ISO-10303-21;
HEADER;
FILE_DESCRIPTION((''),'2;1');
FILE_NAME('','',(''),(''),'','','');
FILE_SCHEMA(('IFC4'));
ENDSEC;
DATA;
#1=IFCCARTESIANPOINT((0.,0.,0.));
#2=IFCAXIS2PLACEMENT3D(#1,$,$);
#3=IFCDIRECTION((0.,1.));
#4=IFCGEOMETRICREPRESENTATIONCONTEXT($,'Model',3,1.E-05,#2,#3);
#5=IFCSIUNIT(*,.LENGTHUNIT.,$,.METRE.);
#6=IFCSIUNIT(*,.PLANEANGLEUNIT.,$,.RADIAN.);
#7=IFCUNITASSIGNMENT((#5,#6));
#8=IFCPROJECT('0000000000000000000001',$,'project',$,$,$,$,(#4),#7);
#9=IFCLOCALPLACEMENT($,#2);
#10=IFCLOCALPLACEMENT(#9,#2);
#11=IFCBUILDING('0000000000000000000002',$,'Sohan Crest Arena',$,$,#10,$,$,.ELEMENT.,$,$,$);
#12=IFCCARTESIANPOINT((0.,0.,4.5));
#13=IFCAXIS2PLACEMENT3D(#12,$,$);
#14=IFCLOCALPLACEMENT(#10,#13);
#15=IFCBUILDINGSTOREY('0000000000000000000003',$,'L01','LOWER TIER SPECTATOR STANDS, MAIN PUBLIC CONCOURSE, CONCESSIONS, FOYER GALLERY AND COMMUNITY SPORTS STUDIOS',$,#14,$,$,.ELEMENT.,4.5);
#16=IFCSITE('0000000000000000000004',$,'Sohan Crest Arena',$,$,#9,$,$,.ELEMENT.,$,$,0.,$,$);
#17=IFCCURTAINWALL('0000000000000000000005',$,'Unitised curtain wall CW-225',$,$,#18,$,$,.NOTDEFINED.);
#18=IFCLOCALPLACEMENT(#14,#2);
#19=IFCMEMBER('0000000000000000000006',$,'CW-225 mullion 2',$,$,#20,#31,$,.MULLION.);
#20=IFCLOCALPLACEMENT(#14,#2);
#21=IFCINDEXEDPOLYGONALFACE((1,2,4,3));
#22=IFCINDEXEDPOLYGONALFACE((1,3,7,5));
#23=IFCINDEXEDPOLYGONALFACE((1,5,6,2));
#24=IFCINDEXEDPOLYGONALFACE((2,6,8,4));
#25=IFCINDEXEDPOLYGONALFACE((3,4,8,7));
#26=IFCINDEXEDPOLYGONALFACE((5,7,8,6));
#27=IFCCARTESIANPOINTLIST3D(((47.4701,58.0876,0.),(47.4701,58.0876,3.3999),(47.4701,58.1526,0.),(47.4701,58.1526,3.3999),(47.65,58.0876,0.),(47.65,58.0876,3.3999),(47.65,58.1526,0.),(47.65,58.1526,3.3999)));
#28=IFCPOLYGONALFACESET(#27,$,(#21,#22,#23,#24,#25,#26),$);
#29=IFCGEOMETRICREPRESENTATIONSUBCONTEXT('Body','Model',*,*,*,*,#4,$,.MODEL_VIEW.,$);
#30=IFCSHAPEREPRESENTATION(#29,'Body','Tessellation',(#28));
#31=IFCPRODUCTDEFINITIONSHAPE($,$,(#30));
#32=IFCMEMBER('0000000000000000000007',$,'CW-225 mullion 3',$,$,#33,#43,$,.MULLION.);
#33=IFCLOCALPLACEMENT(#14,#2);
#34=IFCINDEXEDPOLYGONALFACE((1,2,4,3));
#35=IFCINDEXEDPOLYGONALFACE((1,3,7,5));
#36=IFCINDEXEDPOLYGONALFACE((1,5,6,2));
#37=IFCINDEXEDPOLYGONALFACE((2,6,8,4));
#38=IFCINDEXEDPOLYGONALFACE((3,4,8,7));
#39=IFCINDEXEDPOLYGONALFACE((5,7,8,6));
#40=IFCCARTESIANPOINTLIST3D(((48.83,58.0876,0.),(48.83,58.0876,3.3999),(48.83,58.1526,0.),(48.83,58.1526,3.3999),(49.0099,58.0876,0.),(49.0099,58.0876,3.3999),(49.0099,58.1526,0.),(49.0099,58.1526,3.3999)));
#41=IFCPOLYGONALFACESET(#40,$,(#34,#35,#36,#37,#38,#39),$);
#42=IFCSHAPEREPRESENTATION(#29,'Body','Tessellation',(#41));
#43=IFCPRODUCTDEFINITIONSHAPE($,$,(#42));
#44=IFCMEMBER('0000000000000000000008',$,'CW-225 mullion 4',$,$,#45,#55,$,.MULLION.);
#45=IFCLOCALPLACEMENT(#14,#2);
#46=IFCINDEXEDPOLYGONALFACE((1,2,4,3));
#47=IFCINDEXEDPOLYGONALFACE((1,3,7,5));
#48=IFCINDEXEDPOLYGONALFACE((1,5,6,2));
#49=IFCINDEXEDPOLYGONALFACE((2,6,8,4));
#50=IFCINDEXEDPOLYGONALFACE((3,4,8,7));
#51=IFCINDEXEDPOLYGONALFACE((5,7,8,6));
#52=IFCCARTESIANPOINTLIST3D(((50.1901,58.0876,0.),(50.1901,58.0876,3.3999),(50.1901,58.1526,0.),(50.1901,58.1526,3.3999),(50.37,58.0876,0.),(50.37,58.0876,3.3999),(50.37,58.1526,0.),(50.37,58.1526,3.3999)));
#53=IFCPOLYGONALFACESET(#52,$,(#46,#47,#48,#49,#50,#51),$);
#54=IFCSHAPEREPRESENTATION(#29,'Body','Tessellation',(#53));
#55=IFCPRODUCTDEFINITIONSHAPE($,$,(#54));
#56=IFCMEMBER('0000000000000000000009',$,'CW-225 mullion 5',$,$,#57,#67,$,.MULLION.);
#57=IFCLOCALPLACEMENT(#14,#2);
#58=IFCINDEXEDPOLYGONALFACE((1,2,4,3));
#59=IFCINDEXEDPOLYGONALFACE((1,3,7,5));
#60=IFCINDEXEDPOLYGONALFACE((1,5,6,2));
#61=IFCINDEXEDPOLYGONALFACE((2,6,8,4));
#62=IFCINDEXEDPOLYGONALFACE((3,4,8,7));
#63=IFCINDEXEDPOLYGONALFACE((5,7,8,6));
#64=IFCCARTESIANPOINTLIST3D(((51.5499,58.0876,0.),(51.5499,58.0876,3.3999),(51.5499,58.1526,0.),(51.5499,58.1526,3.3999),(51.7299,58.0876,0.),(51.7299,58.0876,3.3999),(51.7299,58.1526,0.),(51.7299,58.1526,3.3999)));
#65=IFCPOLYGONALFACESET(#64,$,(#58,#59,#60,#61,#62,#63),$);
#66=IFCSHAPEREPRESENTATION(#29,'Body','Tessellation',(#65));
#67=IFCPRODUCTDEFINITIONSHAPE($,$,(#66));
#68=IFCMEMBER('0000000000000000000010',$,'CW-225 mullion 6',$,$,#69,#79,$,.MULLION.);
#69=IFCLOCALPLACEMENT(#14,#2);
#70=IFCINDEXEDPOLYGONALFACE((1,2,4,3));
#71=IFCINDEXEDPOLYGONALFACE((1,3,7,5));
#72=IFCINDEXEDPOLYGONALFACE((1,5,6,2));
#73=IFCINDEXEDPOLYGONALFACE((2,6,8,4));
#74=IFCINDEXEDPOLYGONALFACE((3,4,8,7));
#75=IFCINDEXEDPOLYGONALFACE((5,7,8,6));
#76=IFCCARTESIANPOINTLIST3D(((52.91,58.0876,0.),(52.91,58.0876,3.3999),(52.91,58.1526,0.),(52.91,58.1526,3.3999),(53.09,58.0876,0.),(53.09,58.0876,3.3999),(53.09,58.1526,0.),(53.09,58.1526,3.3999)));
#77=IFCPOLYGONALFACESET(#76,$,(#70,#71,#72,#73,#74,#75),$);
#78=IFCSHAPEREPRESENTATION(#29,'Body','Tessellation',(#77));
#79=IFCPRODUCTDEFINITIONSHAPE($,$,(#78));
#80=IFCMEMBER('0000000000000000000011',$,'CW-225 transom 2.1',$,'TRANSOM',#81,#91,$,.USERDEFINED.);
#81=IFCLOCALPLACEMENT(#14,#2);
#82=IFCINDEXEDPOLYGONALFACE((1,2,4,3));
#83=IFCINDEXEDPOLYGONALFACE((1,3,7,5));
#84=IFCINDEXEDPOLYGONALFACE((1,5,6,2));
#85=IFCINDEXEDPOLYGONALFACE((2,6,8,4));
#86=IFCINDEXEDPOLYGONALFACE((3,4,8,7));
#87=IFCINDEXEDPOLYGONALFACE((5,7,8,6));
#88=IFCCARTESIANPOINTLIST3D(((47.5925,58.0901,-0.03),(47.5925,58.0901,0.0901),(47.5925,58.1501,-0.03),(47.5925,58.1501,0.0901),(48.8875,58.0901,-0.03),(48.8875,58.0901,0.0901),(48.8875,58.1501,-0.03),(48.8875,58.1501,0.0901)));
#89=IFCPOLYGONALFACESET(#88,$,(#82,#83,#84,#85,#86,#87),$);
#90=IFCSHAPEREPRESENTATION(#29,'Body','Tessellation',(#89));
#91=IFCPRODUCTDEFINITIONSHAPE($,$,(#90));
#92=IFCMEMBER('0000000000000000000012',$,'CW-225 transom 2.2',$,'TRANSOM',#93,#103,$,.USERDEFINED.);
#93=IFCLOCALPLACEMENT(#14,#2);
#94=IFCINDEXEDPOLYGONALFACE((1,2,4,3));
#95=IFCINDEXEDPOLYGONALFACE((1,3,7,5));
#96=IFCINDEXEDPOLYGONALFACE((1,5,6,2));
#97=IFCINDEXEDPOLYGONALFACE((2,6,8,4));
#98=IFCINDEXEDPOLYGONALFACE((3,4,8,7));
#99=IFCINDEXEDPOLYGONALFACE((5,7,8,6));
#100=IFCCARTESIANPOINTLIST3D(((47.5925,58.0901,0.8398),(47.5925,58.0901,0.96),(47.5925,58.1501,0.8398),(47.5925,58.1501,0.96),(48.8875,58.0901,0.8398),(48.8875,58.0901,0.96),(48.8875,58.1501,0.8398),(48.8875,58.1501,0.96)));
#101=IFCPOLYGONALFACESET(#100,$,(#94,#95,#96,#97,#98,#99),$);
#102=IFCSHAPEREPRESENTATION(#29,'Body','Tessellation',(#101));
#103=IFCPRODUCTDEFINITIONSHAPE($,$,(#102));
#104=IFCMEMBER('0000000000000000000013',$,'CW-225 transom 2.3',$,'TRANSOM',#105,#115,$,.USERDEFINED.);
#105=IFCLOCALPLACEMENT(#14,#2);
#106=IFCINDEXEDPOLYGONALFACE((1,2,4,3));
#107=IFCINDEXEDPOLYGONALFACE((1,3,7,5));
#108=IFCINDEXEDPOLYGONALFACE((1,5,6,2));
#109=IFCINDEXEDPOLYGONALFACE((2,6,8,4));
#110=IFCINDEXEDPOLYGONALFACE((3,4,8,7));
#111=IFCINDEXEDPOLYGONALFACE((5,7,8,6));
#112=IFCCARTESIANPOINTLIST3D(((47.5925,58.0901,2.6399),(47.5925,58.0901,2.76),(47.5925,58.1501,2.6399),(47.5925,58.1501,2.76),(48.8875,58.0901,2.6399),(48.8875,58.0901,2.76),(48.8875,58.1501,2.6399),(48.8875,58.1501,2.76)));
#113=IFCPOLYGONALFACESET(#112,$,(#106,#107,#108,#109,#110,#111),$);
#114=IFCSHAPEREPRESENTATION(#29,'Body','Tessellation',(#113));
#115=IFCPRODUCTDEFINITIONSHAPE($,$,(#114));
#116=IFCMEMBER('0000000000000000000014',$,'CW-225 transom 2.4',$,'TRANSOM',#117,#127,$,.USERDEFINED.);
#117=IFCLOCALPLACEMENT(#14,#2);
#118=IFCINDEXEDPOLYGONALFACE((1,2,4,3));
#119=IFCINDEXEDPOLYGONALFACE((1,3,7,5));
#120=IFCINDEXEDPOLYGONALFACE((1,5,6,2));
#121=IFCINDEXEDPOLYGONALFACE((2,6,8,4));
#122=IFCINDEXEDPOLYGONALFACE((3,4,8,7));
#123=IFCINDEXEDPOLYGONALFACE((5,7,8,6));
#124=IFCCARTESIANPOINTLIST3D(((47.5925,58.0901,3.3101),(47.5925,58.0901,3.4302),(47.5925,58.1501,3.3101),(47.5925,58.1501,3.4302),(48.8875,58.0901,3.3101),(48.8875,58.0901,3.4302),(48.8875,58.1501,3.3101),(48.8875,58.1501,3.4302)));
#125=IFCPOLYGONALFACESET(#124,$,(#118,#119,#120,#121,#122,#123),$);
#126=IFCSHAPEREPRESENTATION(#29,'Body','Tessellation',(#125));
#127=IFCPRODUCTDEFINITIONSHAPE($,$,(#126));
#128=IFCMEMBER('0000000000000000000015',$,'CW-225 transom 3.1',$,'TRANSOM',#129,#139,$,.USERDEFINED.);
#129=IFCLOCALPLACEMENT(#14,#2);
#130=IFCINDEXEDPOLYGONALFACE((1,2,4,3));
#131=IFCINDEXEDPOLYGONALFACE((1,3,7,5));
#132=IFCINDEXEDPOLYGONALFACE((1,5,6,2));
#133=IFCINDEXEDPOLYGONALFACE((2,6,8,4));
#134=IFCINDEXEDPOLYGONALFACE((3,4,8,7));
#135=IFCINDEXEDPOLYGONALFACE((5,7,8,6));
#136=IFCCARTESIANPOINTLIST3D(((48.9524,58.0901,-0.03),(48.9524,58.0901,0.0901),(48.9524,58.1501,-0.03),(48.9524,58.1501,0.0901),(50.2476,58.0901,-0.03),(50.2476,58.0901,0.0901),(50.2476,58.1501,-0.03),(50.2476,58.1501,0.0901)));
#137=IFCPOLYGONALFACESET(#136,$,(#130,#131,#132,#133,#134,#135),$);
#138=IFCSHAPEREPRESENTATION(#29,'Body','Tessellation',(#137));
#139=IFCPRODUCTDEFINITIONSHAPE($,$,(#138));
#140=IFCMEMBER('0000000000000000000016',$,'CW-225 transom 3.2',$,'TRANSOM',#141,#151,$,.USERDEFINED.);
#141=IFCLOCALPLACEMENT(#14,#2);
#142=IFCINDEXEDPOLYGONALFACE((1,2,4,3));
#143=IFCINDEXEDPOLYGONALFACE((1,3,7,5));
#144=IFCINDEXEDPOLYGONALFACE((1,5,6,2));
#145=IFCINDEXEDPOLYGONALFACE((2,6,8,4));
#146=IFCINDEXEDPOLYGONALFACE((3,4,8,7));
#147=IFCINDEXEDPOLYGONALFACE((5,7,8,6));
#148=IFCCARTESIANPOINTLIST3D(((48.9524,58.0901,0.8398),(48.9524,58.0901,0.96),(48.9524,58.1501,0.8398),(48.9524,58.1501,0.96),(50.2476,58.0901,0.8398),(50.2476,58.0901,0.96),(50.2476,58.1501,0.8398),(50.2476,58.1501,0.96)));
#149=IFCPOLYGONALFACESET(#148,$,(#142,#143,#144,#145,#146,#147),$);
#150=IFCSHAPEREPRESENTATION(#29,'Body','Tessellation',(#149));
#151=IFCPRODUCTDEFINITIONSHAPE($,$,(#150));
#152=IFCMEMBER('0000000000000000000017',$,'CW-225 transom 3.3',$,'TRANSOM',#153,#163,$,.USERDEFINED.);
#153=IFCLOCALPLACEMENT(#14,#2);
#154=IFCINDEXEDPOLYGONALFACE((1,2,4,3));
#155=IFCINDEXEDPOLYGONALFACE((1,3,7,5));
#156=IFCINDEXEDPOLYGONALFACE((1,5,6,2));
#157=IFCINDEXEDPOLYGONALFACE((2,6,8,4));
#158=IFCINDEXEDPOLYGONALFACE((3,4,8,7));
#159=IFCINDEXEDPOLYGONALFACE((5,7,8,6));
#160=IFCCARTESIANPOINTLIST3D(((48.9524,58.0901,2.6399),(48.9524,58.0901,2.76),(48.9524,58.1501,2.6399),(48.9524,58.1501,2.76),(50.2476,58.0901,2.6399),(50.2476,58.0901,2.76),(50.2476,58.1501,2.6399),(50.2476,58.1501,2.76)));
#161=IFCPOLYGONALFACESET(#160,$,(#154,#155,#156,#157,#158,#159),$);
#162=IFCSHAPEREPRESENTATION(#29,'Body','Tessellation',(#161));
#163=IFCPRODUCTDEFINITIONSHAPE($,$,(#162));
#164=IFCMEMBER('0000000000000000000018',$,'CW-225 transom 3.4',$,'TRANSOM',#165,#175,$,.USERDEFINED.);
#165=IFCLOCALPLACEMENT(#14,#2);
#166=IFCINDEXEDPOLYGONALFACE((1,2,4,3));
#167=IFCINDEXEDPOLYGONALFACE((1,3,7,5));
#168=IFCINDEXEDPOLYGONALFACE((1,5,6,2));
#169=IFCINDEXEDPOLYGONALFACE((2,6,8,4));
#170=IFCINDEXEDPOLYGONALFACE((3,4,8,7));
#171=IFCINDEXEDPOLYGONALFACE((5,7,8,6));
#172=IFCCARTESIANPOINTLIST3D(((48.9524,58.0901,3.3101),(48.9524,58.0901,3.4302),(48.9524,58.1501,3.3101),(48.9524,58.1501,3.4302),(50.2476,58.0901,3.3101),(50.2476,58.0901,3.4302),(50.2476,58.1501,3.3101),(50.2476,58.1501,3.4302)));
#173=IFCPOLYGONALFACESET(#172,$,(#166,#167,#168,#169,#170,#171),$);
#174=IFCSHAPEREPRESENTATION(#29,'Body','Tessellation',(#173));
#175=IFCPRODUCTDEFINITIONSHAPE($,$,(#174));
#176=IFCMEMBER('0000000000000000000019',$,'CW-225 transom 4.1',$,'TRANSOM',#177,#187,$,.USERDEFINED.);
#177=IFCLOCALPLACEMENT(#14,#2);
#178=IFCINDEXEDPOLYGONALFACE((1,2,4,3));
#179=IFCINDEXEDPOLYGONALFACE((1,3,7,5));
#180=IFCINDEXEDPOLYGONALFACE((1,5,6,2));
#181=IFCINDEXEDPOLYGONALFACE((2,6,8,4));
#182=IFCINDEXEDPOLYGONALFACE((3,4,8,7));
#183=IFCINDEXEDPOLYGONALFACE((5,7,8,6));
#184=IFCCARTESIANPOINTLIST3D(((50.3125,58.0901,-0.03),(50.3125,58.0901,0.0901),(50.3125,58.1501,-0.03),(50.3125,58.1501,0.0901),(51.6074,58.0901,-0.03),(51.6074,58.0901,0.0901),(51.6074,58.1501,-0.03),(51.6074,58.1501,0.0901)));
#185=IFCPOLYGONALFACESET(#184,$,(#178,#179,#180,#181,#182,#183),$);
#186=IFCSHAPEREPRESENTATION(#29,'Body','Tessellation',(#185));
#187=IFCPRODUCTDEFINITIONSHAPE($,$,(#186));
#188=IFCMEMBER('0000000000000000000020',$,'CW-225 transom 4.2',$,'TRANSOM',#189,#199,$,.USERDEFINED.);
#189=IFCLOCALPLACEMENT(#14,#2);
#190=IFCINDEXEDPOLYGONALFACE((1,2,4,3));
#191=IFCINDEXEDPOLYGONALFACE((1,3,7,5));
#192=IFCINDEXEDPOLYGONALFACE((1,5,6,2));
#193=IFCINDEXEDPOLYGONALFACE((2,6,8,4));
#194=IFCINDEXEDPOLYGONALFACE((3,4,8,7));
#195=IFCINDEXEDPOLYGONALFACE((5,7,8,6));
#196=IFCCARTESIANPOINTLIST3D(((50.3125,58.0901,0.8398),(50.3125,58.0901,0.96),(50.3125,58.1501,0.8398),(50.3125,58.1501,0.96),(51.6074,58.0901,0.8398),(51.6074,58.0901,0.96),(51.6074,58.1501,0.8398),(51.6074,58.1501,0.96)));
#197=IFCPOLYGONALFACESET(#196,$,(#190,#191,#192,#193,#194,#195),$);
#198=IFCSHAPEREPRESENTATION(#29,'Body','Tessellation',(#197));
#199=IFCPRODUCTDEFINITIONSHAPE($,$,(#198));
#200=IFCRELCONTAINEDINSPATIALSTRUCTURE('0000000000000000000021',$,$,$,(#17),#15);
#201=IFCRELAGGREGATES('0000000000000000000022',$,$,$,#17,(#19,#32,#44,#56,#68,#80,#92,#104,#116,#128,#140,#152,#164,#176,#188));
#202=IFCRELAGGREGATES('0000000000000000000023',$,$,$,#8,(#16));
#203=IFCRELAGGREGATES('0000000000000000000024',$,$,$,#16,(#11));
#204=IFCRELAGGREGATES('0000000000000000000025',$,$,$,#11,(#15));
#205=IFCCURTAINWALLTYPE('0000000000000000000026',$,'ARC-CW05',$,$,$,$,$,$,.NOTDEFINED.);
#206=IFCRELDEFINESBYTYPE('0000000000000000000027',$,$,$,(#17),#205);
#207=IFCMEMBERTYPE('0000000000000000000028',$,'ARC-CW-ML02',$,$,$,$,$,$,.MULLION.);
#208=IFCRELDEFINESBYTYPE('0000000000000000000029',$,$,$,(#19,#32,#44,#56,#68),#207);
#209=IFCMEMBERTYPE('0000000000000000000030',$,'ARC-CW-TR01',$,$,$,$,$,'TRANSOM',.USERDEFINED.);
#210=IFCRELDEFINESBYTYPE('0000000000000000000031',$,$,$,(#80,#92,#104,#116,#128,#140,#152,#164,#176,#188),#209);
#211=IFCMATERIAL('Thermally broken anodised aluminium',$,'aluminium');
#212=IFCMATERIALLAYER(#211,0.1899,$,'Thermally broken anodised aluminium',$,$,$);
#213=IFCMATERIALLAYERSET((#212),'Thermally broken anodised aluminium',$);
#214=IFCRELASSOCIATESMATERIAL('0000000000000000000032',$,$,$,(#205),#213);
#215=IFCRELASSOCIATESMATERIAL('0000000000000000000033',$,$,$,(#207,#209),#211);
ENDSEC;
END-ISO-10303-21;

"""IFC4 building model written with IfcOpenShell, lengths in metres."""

from ifc_helpers import new_model, si_unit, direction, frame, origin, origin_2d, place, context, subcontext, project, spatial, rectangle, extrude, material, layer, layer_set, material_profile, profile_set, type_object, element, aggregate, save


model = new_model("IFC4")

# Units and contexts
model_context = context("Model", 3, precision=1e-05, world=origin(), true_north=direction((0.0, 1.0)))
body_context = subcontext(model_context, "Body", "Model", "MODEL_VIEW")
ifc_project = project(units=[si_unit("LENGTHUNIT", "METRE"), si_unit("PLANEANGLEUNIT", "RADIAN")], contexts=[model_context])

# Site, building, storey
site_placement = place(None, origin())
site = spatial("IfcSite", under=ifc_project, at=site_placement, Name="Sohan Crest Arena", CompositionType="ELEMENT", RefElevation=0.0)
building_placement = place(site_placement, origin())
building = spatial("IfcBuilding", under=site, at=building_placement, Name="Sohan Crest Arena", CompositionType="ELEMENT")
storey_placement = place(building_placement, frame((0.0, 0.0, 4.5)))
storey = spatial("IfcBuildingStorey", under=building, at=storey_placement, Name="L01", Description="LOWER TIER SPECTATOR STANDS, MAIN PUBLIC CONCOURSE, CONCESSIONS, FOYER GALLERY AND COMMUNITY SPORTS STUDIOS", CompositionType="ELEMENT", Elevation=4.5)

# Curtain wall, members
ifc_material_1 = material(Name="Thermally broken anodised aluminium", Category="aluminium")
ifc_layer_1 = layer(ifc_material_1, 0.1899, Name="Thermally broken anodised aluminium")
ifc_layer_set_1 = layer_set([ifc_layer_1], Name="Thermally broken anodised aluminium")
curtain_wall_type = type_object("IfcCurtainWallType", Name="ARC-CW05", PredefinedType="NOTDEFINED", material=ifc_layer_set_1)
curtain_wall_placement = place(storey_placement, origin())
curtain_wall = element("IfcCurtainWall", 1, at=curtain_wall_placement, inside=storey, type_object=curtain_wall_type, Name="Unitised curtain wall CW-225", PredefinedType="NOTDEFINED")
ifc_material_profile_1 = material_profile(ifc_material_1, rectangle(XDim=0.0649, YDim=0.1799, at=origin_2d()), Name="ALU-MULL 65x180")
ifc_profile_set_1 = profile_set([ifc_material_profile_1], Name="Thermally broken anodised aluminium")
member_type_1 = type_object("IfcMemberType", Name="ARC-CW-ML02", PredefinedType="MULLION", material=ifc_profile_set_1)
member_1_placement = place(storey_placement, frame((47.5601, 58.1201, 0.0), z_axis=(0.0, 0.0, 1.0), x_axis=(0.0, 1.0, 0.0)))
member_1 = element("IfcMember", 2, at=member_1_placement, type_object=member_type_1, Name="CW-225 mullion 2", PredefinedType="MULLION", context=body_context, shape_type="SweptSolid", body=[
    extrude(rectangle(XDim=0.0649, YDim=0.1799, at=origin_2d()), origin(), (0.0, 0.0, 1.0), 3.3999),
])
member_2_placement = place(storey_placement, frame((48.9199, 58.1201, 0.0), z_axis=(0.0, 0.0, 1.0), x_axis=(0.0, 1.0, 0.0)))
member_2 = element("IfcMember", 3, at=member_2_placement, type_object=member_type_1, Name="CW-225 mullion 3", PredefinedType="MULLION", context=body_context, shape_type="SweptSolid", body=[
    extrude(rectangle(XDim=0.0649, YDim=0.1799, at=origin_2d()), origin(), (0.0, 0.0, 1.0), 3.3999),
])
member_3_placement = place(storey_placement, frame((50.28, 58.1201, 0.0), z_axis=(0.0, 0.0, 1.0), x_axis=(0.0, 1.0, 0.0)))
member_3 = element("IfcMember", 4, at=member_3_placement, type_object=member_type_1, Name="CW-225 mullion 4", PredefinedType="MULLION", context=body_context, shape_type="SweptSolid", body=[
    extrude(rectangle(XDim=0.0649, YDim=0.1799, at=origin_2d()), origin(), (0.0, 0.0, 1.0), 3.3999),
])
member_4_placement = place(storey_placement, frame((51.6399, 58.1201, 0.0), z_axis=(0.0, 0.0, 1.0), x_axis=(0.0, 1.0, 0.0)))
member_4 = element("IfcMember", 5, at=member_4_placement, type_object=member_type_1, Name="CW-225 mullion 5", PredefinedType="MULLION", context=body_context, shape_type="SweptSolid", body=[
    extrude(rectangle(XDim=0.0649, YDim=0.1799, at=origin_2d()), origin(), (0.0, 0.0, 1.0), 3.3999),
])
member_5_placement = place(storey_placement, frame((53.0, 58.1201, 0.0), z_axis=(0.0, 0.0, 1.0), x_axis=(0.0, 1.0, 0.0)))
member_5 = element("IfcMember", 6, at=member_5_placement, type_object=member_type_1, Name="CW-225 mullion 6", PredefinedType="MULLION", context=body_context, shape_type="SweptSolid", body=[
    extrude(rectangle(XDim=0.0649, YDim=0.1799, at=origin_2d()), origin(), (0.0, 0.0, 1.0), 3.3999),
])
ifc_material_profile_2 = material_profile(ifc_material_1, rectangle(XDim=0.0601, YDim=0.1201, at=origin_2d()), Name="ALU-TRAN 60x120")
ifc_profile_set_2 = profile_set([ifc_material_profile_2], Name="Thermally broken anodised aluminium")
member_type_2 = type_object("IfcMemberType", Name="ARC-CW-TR01", ElementType="TRANSOM", PredefinedType="USERDEFINED", material=ifc_profile_set_2)
member_6_placement = place(storey_placement, frame((47.5925, 58.1201, 0.03), z_axis=(1.0, 0.0, 0.0), x_axis=(0.0, 1.0, 0.0)))
member_6 = element("IfcMember", 7, at=member_6_placement, type_object=member_type_2, Name="CW-225 transom 2.1", ObjectType="TRANSOM", PredefinedType="USERDEFINED", context=body_context, shape_type="SweptSolid", body=[
    extrude(rectangle(XDim=0.0601, YDim=0.1201, at=origin_2d()), origin(), (0.0, 0.0, 1.0), 1.2949),
])
member_7_placement = place(storey_placement, frame((47.5925, 58.1201, 0.8999), z_axis=(1.0, 0.0, 0.0), x_axis=(0.0, 1.0, 0.0)))
member_7 = element("IfcMember", 8, at=member_7_placement, type_object=member_type_2, Name="CW-225 transom 2.2", ObjectType="TRANSOM", PredefinedType="USERDEFINED", context=body_context, shape_type="SweptSolid", body=[
    extrude(rectangle(XDim=0.0601, YDim=0.1201, at=origin_2d()), origin(), (0.0, 0.0, 1.0), 1.2949),
])
member_8_placement = place(storey_placement, frame((47.5925, 58.1201, 2.7), z_axis=(1.0, 0.0, 0.0), x_axis=(0.0, 1.0, 0.0)))
member_8 = element("IfcMember", 9, at=member_8_placement, type_object=member_type_2, Name="CW-225 transom 2.3", ObjectType="TRANSOM", PredefinedType="USERDEFINED", context=body_context, shape_type="SweptSolid", body=[
    extrude(rectangle(XDim=0.0601, YDim=0.1201, at=origin_2d()), origin(), (0.0, 0.0, 1.0), 1.2949),
])
member_9_placement = place(storey_placement, frame((47.5925, 58.1201, 3.3701), z_axis=(1.0, 0.0, 0.0), x_axis=(0.0, 1.0, 0.0)))
member_9 = element("IfcMember", 10, at=member_9_placement, type_object=member_type_2, Name="CW-225 transom 2.4", ObjectType="TRANSOM", PredefinedType="USERDEFINED", context=body_context, shape_type="SweptSolid", body=[
    extrude(rectangle(XDim=0.0601, YDim=0.1201, at=origin_2d()), origin(), (0.0, 0.0, 1.0), 1.2949),
])
member_10_placement = place(storey_placement, frame((48.9524, 58.1201, 0.03), z_axis=(1.0, 0.0, 0.0), x_axis=(0.0, 1.0, 0.0)))
member_10 = element("IfcMember", 11, at=member_10_placement, type_object=member_type_2, Name="CW-225 transom 3.1", ObjectType="TRANSOM", PredefinedType="USERDEFINED", context=body_context, shape_type="SweptSolid", body=[
    extrude(rectangle(XDim=0.0601, YDim=0.1201, at=origin_2d()), origin(), (0.0, 0.0, 1.0), 1.2952),
])
member_11_placement = place(storey_placement, frame((48.9524, 58.1201, 0.8999), z_axis=(1.0, 0.0, 0.0), x_axis=(0.0, 1.0, 0.0)))
member_11 = element("IfcMember", 12, at=member_11_placement, type_object=member_type_2, Name="CW-225 transom 3.2", ObjectType="TRANSOM", PredefinedType="USERDEFINED", context=body_context, shape_type="SweptSolid", body=[
    extrude(rectangle(XDim=0.0601, YDim=0.1201, at=origin_2d()), origin(), (0.0, 0.0, 1.0), 1.2952),
])
member_12_placement = place(storey_placement, frame((48.9524, 58.1201, 2.7), z_axis=(1.0, 0.0, 0.0), x_axis=(0.0, 1.0, 0.0)))
member_12 = element("IfcMember", 13, at=member_12_placement, type_object=member_type_2, Name="CW-225 transom 3.3", ObjectType="TRANSOM", PredefinedType="USERDEFINED", context=body_context, shape_type="SweptSolid", body=[
    extrude(rectangle(XDim=0.0601, YDim=0.1201, at=origin_2d()), origin(), (0.0, 0.0, 1.0), 1.2952),
])
member_13_placement = place(storey_placement, frame((48.9524, 58.1201, 3.3701), z_axis=(1.0, 0.0, 0.0), x_axis=(0.0, 1.0, 0.0)))
member_13 = element("IfcMember", 14, at=member_13_placement, type_object=member_type_2, Name="CW-225 transom 3.4", ObjectType="TRANSOM", PredefinedType="USERDEFINED", context=body_context, shape_type="SweptSolid", body=[
    extrude(rectangle(XDim=0.0601, YDim=0.1201, at=origin_2d()), origin(), (0.0, 0.0, 1.0), 1.2952),
])
member_14_placement = place(storey_placement, frame((50.3125, 58.1201, 0.03), z_axis=(1.0, 0.0, 0.0), x_axis=(0.0, 1.0, 0.0)))
member_14 = element("IfcMember", 15, at=member_14_placement, type_object=member_type_2, Name="CW-225 transom 4.1", ObjectType="TRANSOM", PredefinedType="USERDEFINED", context=body_context, shape_type="SweptSolid", body=[
    extrude(rectangle(XDim=0.0601, YDim=0.1201, at=origin_2d()), origin(), (0.0, 0.0, 1.0), 1.2949),
])
member_15_placement = place(storey_placement, frame((50.3125, 58.1201, 0.8999), z_axis=(1.0, 0.0, 0.0), x_axis=(0.0, 1.0, 0.0)))
member_15 = element("IfcMember", 16, at=member_15_placement, type_object=member_type_2, Name="CW-225 transom 4.2", ObjectType="TRANSOM", PredefinedType="USERDEFINED", context=body_context, shape_type="SweptSolid", body=[
    extrude(rectangle(XDim=0.0601, YDim=0.1201, at=origin_2d()), origin(), (0.0, 0.0, 1.0), 1.2949),
])
aggregate(curtain_wall, [member_1, member_2, member_3, member_4, member_5, member_6, member_7, member_8, member_9, member_10, member_11, member_12, member_13, member_14, member_15])

save(model, "model.ifc")
